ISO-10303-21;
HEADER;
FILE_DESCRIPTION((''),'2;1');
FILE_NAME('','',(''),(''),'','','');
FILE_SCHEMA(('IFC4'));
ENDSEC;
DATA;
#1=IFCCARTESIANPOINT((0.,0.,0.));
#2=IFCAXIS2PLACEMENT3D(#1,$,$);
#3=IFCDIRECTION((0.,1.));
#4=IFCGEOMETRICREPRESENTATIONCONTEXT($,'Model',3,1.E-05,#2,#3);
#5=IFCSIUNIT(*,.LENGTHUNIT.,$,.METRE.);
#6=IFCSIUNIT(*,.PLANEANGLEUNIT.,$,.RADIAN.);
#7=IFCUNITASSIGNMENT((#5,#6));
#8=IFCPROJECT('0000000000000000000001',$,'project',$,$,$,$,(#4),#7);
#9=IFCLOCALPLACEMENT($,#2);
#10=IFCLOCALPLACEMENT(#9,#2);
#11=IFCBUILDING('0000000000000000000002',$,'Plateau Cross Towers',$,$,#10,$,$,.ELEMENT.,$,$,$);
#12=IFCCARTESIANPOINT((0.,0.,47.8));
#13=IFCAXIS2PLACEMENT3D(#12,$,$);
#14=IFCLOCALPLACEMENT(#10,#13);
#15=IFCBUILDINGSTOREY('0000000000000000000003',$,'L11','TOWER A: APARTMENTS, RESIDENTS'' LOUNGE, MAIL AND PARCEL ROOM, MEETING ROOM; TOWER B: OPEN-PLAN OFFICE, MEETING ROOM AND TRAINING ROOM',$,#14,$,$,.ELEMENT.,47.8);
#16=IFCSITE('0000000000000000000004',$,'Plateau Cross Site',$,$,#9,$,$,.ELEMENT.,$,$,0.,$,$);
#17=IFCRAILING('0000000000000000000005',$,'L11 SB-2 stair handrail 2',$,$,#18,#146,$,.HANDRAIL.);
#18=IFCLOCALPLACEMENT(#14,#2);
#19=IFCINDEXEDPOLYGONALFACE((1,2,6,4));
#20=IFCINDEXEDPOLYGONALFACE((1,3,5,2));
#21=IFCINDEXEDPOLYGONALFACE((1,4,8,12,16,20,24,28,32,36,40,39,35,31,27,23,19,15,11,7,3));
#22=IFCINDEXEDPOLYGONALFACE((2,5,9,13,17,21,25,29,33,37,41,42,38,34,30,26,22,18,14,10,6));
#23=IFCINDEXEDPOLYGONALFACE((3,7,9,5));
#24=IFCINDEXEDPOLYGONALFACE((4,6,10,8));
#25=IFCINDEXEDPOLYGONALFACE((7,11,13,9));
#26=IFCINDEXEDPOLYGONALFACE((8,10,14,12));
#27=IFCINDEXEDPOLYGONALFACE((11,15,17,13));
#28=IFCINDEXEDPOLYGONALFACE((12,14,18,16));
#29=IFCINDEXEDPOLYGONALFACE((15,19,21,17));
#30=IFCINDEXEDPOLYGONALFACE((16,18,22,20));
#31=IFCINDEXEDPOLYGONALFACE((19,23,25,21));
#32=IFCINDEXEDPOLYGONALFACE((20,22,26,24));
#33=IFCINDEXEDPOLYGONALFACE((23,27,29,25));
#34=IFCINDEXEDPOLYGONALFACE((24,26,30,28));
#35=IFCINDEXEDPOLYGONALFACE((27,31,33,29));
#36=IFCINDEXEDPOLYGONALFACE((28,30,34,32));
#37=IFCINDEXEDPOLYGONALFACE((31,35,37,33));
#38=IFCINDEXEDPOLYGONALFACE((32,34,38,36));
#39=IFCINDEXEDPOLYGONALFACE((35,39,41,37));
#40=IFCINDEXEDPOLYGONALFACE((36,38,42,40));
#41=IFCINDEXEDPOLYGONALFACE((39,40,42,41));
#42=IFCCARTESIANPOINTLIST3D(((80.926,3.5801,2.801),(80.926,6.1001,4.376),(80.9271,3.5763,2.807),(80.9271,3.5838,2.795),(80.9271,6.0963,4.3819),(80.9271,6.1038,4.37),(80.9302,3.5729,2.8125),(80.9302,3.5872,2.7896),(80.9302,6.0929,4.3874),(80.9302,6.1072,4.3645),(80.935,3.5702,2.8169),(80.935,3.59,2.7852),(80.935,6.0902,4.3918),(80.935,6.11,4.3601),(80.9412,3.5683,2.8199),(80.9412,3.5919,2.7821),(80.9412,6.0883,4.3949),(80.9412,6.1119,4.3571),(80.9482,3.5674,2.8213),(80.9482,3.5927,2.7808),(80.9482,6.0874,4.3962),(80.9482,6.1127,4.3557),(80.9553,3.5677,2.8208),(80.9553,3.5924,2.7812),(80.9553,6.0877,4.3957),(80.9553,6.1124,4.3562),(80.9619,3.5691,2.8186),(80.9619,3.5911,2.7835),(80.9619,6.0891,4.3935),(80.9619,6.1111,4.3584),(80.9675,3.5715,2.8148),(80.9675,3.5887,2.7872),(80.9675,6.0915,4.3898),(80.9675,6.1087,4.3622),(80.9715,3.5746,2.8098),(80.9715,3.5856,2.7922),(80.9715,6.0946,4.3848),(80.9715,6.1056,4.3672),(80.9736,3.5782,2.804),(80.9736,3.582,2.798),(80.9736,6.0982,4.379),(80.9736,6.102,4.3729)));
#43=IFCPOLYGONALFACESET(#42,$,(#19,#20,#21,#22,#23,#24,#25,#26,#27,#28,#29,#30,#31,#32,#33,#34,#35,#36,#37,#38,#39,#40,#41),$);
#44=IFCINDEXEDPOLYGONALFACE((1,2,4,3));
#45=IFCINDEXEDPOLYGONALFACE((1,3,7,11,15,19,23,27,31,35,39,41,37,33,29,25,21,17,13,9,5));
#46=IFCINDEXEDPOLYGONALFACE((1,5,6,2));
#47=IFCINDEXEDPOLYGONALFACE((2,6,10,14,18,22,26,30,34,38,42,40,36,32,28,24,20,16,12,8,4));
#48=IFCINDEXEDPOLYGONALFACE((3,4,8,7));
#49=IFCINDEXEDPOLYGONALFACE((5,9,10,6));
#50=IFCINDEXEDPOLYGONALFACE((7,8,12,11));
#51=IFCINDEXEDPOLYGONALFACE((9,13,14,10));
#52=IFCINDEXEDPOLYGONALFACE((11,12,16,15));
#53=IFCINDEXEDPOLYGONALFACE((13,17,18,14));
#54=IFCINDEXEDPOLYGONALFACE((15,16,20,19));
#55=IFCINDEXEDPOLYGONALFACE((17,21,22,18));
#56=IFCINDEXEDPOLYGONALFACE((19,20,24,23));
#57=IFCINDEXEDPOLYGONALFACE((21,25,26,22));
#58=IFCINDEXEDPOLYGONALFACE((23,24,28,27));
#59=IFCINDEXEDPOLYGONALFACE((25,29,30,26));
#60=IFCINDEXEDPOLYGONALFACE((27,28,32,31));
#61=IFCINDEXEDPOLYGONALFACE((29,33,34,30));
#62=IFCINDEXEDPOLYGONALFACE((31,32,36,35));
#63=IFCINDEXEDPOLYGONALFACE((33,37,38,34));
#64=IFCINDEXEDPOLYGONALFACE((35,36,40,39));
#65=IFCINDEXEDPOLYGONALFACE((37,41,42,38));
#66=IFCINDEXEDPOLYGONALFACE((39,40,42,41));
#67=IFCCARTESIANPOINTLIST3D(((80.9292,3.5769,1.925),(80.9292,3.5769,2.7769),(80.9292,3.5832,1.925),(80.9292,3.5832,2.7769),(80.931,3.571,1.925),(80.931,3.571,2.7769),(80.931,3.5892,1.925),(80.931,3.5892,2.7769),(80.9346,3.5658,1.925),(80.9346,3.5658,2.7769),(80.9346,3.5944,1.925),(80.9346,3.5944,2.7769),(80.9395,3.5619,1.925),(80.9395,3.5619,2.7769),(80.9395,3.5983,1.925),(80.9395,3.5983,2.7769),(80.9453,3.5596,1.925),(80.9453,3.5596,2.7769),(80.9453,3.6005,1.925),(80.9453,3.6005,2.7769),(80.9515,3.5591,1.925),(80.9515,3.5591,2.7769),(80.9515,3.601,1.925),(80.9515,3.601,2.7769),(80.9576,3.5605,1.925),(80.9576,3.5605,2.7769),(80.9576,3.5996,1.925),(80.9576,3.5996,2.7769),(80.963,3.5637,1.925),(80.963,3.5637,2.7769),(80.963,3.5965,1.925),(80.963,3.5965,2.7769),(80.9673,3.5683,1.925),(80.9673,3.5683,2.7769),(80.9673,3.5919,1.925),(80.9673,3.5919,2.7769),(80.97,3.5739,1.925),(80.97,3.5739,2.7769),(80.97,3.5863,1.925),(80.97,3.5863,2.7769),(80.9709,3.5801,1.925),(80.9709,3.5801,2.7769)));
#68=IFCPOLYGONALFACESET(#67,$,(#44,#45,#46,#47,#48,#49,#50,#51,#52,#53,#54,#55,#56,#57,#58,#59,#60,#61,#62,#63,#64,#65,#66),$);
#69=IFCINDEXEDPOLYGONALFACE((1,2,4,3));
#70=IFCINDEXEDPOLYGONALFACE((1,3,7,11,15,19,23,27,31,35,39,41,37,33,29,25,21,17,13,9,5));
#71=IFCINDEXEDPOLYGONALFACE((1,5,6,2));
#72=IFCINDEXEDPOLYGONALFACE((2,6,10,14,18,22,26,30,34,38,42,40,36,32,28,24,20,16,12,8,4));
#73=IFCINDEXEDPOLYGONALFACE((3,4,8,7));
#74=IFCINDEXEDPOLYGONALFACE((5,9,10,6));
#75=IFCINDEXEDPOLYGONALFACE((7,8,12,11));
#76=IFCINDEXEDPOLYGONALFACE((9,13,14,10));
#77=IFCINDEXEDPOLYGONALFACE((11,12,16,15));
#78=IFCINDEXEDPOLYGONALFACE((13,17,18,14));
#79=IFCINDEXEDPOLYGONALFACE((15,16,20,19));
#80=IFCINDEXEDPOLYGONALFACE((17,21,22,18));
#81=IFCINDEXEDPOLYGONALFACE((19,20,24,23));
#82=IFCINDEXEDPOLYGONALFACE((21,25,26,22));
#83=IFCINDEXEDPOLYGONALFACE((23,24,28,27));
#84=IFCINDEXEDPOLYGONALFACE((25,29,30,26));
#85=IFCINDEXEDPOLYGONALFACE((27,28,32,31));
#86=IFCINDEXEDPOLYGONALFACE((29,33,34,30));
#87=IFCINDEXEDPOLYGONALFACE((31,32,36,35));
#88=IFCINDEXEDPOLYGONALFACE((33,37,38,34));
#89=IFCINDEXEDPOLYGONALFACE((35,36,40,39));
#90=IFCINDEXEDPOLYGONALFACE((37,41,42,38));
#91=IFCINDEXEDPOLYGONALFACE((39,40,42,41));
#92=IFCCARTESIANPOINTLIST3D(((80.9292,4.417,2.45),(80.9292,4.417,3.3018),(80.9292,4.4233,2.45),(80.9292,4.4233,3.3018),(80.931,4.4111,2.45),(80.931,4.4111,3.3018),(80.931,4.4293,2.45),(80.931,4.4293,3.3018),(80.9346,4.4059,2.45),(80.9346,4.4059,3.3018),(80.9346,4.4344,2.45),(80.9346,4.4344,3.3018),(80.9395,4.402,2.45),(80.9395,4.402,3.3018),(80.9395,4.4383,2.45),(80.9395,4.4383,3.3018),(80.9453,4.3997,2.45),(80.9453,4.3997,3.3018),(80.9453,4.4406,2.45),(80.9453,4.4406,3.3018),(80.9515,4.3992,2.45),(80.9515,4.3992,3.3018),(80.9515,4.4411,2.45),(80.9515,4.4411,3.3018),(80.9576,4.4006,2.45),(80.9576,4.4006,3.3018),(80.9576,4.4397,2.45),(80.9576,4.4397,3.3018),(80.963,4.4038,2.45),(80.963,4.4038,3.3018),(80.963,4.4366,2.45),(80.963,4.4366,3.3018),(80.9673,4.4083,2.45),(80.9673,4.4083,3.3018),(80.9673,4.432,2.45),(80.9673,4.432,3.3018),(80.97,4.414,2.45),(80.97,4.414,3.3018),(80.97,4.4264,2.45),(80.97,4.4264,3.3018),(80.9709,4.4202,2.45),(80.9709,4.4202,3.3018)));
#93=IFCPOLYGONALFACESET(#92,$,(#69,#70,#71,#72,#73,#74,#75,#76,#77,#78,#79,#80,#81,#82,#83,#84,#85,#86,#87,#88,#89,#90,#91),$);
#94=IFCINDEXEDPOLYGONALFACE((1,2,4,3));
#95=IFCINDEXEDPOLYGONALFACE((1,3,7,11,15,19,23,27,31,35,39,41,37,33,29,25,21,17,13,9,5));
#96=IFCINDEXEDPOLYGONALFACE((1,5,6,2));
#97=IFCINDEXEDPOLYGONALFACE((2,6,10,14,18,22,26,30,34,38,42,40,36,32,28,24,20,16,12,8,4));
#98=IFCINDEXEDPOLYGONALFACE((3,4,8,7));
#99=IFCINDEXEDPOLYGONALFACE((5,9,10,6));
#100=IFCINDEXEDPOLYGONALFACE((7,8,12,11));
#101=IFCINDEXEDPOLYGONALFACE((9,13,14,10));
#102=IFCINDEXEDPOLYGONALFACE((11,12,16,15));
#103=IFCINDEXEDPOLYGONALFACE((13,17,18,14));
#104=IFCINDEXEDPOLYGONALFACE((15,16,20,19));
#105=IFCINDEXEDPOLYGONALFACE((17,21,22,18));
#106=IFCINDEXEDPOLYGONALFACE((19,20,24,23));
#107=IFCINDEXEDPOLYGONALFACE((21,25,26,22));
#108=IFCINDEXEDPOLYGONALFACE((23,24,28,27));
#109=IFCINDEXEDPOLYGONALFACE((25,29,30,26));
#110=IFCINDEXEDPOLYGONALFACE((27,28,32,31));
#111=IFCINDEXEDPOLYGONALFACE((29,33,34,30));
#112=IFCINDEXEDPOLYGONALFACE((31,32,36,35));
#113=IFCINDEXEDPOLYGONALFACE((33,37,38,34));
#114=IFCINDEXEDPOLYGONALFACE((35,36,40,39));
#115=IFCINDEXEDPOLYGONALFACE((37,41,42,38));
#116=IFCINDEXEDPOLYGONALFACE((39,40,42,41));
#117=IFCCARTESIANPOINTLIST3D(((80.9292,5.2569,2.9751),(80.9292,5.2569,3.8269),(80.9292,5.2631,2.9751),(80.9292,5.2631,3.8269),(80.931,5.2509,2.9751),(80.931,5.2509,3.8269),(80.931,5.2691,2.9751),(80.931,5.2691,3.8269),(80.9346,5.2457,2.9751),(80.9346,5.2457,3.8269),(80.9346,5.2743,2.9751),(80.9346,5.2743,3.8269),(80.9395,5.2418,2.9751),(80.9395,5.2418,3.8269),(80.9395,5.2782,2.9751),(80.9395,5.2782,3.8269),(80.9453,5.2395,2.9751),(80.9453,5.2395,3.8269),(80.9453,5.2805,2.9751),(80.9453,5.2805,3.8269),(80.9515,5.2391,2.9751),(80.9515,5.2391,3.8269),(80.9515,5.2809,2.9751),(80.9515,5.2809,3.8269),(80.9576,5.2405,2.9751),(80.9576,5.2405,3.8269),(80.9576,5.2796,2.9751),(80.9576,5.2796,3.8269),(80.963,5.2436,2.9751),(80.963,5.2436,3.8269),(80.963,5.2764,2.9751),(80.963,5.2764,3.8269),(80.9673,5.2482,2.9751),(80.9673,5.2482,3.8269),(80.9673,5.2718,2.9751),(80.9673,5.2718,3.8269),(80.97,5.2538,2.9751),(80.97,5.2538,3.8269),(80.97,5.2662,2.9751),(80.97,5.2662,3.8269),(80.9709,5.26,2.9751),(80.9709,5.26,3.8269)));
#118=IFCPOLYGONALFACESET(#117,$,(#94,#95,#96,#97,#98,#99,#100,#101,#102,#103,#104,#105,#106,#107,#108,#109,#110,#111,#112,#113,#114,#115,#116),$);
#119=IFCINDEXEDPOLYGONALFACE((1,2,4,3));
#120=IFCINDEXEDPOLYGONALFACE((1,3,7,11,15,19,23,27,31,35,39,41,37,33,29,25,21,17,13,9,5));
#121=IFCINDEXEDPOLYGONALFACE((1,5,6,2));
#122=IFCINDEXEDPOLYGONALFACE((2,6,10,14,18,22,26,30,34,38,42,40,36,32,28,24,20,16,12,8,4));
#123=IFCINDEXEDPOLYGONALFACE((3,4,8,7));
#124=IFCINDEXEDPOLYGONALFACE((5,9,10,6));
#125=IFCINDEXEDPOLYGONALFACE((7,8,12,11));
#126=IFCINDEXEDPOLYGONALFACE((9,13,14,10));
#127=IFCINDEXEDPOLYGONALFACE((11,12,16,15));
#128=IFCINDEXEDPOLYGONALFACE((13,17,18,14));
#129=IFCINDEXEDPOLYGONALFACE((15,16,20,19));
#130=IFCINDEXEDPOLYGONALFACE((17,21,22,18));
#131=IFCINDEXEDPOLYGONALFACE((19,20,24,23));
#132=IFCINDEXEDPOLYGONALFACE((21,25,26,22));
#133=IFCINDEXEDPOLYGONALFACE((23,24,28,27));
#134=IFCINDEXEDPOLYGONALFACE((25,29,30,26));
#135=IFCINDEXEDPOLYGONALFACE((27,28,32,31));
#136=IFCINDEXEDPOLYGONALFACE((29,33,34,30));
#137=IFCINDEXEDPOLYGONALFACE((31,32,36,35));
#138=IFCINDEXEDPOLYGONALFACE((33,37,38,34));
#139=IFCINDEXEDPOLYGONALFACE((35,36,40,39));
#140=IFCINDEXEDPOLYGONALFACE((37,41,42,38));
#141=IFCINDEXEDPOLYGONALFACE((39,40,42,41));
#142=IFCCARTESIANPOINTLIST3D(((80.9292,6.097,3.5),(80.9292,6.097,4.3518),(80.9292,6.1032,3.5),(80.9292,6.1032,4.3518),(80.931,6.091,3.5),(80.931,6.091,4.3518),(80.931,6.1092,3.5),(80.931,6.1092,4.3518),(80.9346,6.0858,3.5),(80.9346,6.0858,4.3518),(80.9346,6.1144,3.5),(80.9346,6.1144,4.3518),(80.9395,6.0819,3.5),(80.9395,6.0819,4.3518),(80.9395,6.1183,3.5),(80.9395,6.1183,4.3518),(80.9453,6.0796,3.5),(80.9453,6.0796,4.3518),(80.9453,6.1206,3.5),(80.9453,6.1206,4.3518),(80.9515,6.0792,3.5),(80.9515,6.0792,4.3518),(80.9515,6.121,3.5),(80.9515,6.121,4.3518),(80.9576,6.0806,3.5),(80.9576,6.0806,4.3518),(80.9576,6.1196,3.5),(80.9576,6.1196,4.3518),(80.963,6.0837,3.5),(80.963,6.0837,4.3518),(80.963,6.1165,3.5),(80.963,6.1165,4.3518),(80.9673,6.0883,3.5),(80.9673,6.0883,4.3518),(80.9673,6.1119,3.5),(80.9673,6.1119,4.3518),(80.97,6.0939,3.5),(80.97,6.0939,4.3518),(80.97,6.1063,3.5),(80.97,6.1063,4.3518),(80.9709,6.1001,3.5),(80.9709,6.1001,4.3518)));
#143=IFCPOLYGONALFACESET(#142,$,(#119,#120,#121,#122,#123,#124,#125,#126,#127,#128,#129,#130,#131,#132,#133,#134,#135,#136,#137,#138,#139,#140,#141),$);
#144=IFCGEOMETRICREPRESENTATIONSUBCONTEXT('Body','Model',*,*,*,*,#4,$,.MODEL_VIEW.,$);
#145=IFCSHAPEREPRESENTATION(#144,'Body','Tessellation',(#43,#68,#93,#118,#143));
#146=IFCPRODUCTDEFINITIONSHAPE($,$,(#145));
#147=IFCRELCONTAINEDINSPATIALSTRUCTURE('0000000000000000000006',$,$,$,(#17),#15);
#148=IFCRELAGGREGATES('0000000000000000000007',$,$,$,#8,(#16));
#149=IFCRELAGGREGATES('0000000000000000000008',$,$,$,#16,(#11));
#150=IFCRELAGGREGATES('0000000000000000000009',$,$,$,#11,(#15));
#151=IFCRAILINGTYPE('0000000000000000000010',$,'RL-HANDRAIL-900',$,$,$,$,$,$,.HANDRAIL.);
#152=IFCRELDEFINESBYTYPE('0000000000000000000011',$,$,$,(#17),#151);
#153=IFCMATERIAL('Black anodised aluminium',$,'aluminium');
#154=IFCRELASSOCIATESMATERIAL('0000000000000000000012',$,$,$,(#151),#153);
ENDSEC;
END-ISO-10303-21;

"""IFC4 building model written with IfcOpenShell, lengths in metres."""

from ifc_helpers import new_model, si_unit, direction, frame, origin, origin_2d, place, context, subcontext, project, spatial, circle, extrude, material, type_object, element, save


model = new_model("IFC4")

# Units and contexts
model_context = context("Model", 3, precision=1e-05, world=origin(), true_north=direction((0.0, 1.0)))
body_context = subcontext(model_context, "Body", "Model", "MODEL_VIEW")
ifc_project = project(units=[si_unit("LENGTHUNIT", "METRE"), si_unit("PLANEANGLEUNIT", "RADIAN")], contexts=[model_context])

# Site, building, storey
site_placement = place(None, origin())
site = spatial("IfcSite", under=ifc_project, at=site_placement, Name="Plateau Cross Site", CompositionType="ELEMENT", RefElevation=0.0)
building_placement = place(site_placement, origin())
building = spatial("IfcBuilding", under=site, at=building_placement, Name="Plateau Cross Towers", CompositionType="ELEMENT")
storey_placement = place(building_placement, frame((0.0, 0.0, 47.8)))
storey = spatial("IfcBuildingStorey", under=building, at=storey_placement, Name="L11", Description="TOWER A: APARTMENTS, RESIDENTS' LOUNGE, MAIL AND PARCEL ROOM, MEETING ROOM; TOWER B: OPEN-PLAN OFFICE, MEETING ROOM AND TRAINING ROOM", CompositionType="ELEMENT", Elevation=47.8)

# Railing
ifc_material_1 = material(Name="Black anodised aluminium", Category="aluminium")
railing_type_1 = type_object("IfcRailingType", Name="RL-HANDRAIL-900", PredefinedType="HANDRAIL", material=ifc_material_1)
railing_1_placement = place(storey_placement, frame((80.95, 3.5801, 1.925)))
element("IfcRailing", 1, at=railing_1_placement, inside=storey, type_object=railing_type_1, Name="L11 SB-2 stair handrail 2", PredefinedType="HANDRAIL", context=body_context, shape_type="SweptSolid", body=[
    extrude(circle(Radius=0.0239, at=origin_2d()), frame((0.0, 0.0, 0.876), z_axis=(0.0, 0.848008, 0.529984), x_axis=(-1.0, 0.0, 0.0)), (0.0, 0.0, 1.0), 2.9717),
    extrude(circle(Radius=0.021, at=origin_2d()), origin(), (0.0, 0.0, 1.0), 0.8518),
    extrude(circle(Radius=0.021, at=origin_2d()), frame((0.0, 0.8401, 0.5249)), (0.0, 0.0, 1.0), 0.8518),
    extrude(circle(Radius=0.021, at=origin_2d()), frame((0.0, 1.6799, 1.05)), (0.0, 0.0, 1.0), 0.8518),
    extrude(circle(Radius=0.021, at=origin_2d()), frame((0.0, 2.52, 1.575)), (0.0, 0.0, 1.0), 0.8518),
])

save(model, "model.ifc")
